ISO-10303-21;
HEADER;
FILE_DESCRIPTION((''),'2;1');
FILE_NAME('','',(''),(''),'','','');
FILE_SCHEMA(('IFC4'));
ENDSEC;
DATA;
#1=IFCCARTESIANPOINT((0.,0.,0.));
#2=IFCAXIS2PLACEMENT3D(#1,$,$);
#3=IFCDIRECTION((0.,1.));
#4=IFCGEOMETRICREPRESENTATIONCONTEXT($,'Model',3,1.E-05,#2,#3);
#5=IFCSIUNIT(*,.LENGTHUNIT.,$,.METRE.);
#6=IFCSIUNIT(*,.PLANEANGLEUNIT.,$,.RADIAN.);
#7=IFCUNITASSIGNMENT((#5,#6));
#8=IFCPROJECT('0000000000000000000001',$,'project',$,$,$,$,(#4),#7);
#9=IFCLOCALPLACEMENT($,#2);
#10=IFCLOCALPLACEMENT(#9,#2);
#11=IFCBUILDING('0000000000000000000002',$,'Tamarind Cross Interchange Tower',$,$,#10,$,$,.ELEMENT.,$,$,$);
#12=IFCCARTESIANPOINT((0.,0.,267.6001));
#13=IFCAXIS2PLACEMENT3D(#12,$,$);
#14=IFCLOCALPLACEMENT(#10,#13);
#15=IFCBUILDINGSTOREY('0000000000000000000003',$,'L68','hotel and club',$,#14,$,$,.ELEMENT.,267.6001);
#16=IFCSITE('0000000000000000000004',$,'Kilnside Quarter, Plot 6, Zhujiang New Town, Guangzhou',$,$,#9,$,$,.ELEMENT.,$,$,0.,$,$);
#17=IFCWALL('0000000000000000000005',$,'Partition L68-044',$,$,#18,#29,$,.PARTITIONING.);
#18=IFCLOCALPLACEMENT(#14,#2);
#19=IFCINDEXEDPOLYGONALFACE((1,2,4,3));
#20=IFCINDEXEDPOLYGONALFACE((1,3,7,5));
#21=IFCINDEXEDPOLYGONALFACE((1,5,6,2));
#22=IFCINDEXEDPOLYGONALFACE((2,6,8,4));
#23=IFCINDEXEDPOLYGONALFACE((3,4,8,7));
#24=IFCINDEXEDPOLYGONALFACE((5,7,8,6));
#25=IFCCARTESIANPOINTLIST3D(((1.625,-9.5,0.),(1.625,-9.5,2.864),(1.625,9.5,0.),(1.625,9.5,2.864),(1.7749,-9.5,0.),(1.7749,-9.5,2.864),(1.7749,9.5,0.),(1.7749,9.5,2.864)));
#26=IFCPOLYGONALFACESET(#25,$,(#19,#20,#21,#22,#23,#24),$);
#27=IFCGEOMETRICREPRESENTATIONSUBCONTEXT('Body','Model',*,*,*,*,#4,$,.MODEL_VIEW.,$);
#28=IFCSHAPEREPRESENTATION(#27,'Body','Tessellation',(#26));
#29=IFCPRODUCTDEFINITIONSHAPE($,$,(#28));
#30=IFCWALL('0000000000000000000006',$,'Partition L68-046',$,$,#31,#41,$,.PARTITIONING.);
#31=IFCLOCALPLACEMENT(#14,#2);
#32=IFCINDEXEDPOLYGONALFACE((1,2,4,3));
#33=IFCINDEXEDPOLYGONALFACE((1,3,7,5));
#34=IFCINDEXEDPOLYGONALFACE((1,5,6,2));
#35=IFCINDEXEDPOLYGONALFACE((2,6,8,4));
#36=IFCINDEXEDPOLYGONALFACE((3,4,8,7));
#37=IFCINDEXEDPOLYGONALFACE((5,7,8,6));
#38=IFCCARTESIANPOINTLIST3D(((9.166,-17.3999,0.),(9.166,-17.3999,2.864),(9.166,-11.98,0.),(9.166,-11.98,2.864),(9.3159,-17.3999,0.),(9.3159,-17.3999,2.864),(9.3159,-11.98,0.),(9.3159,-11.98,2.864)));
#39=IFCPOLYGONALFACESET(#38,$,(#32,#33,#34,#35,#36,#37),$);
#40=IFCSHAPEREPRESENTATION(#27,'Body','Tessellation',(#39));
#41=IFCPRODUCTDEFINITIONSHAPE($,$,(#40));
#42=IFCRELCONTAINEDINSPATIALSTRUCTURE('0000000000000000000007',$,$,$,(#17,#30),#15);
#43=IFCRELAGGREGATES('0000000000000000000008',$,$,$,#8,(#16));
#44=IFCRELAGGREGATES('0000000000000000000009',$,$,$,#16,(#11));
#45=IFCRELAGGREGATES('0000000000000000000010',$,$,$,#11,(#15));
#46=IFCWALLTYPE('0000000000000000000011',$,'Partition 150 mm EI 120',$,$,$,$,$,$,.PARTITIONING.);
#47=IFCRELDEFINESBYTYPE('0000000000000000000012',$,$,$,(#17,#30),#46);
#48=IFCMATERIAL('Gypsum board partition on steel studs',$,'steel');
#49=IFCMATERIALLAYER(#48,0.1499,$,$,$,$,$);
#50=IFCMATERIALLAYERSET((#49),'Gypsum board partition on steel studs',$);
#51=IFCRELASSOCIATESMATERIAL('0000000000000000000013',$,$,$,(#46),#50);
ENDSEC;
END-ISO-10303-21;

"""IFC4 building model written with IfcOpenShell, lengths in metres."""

from ifc_helpers import new_model, si_unit, direction, frame, frame_2d, origin, place, context, subcontext, project, spatial, rectangle, extrude, material, layer, layer_set, type_object, element, save


model = new_model("IFC4")

# Units and contexts
model_context = context("Model", 3, precision=1e-05, world=origin(), true_north=direction((0.0, 1.0)))
body_context = subcontext(model_context, "Body", "Model", "MODEL_VIEW")
ifc_project = project(units=[si_unit("LENGTHUNIT", "METRE"), si_unit("PLANEANGLEUNIT", "RADIAN")], contexts=[model_context])

# Site, building, storey
site_placement = place(None, origin())
site = spatial("IfcSite", under=ifc_project, at=site_placement, Name="Kilnside Quarter, Plot 6, Zhujiang New Town, Guangzhou", CompositionType="ELEMENT", RefElevation=0.0)
building_placement = place(site_placement, origin())
building = spatial("IfcBuilding", under=site, at=building_placement, Name="Tamarind Cross Interchange Tower", CompositionType="ELEMENT")
storey_placement = place(building_placement, frame((0.0, 0.0, 267.6001)))
storey = spatial("IfcBuildingStorey", under=building, at=storey_placement, Name="L68", Description="hotel and club", CompositionType="ELEMENT", Elevation=267.6001)

# Walls
ifc_material_1 = material(Name="Gypsum board partition on steel studs", Category="steel")
ifc_layer_1 = layer(ifc_material_1, 0.1499)
ifc_layer_set_1 = layer_set([ifc_layer_1], Name="Gypsum board partition on steel studs")
wall_type_1 = type_object("IfcWallType", Name="Partition 150 mm EI 120", PredefinedType="PARTITIONING", material=ifc_layer_set_1)
wall_1_placement = place(storey_placement, frame((1.7, -9.5, 0.0), z_axis=(0.0, 0.0, 1.0), x_axis=(0.0, 1.0, 0.0)))
element("IfcWall", 1, at=wall_1_placement, inside=storey, type_object=wall_type_1, Name="Partition L68-044", PredefinedType="PARTITIONING", context=body_context, shape_type="SweptSolid", body=[
    extrude(rectangle(XDim=19.0, YDim=0.1499, at=frame_2d((9.5, 0.0))), origin(), (0.0, 0.0, 1.0), 2.864),
])
wall_2_placement = place(storey_placement, frame((9.241, -17.3999, 0.0), z_axis=(0.0, 0.0, 1.0), x_axis=(0.0, 1.0, 0.0)))
element("IfcWall", 2, at=wall_2_placement, inside=storey, type_object=wall_type_1, Name="Partition L68-046", PredefinedType="PARTITIONING", context=body_context, shape_type="SweptSolid", body=[
    extrude(rectangle(XDim=5.4199, YDim=0.1499, at=frame_2d((2.71, 0.0))), origin(), (0.0, 0.0, 1.0), 2.864),
])

save(model, "model.ifc")
